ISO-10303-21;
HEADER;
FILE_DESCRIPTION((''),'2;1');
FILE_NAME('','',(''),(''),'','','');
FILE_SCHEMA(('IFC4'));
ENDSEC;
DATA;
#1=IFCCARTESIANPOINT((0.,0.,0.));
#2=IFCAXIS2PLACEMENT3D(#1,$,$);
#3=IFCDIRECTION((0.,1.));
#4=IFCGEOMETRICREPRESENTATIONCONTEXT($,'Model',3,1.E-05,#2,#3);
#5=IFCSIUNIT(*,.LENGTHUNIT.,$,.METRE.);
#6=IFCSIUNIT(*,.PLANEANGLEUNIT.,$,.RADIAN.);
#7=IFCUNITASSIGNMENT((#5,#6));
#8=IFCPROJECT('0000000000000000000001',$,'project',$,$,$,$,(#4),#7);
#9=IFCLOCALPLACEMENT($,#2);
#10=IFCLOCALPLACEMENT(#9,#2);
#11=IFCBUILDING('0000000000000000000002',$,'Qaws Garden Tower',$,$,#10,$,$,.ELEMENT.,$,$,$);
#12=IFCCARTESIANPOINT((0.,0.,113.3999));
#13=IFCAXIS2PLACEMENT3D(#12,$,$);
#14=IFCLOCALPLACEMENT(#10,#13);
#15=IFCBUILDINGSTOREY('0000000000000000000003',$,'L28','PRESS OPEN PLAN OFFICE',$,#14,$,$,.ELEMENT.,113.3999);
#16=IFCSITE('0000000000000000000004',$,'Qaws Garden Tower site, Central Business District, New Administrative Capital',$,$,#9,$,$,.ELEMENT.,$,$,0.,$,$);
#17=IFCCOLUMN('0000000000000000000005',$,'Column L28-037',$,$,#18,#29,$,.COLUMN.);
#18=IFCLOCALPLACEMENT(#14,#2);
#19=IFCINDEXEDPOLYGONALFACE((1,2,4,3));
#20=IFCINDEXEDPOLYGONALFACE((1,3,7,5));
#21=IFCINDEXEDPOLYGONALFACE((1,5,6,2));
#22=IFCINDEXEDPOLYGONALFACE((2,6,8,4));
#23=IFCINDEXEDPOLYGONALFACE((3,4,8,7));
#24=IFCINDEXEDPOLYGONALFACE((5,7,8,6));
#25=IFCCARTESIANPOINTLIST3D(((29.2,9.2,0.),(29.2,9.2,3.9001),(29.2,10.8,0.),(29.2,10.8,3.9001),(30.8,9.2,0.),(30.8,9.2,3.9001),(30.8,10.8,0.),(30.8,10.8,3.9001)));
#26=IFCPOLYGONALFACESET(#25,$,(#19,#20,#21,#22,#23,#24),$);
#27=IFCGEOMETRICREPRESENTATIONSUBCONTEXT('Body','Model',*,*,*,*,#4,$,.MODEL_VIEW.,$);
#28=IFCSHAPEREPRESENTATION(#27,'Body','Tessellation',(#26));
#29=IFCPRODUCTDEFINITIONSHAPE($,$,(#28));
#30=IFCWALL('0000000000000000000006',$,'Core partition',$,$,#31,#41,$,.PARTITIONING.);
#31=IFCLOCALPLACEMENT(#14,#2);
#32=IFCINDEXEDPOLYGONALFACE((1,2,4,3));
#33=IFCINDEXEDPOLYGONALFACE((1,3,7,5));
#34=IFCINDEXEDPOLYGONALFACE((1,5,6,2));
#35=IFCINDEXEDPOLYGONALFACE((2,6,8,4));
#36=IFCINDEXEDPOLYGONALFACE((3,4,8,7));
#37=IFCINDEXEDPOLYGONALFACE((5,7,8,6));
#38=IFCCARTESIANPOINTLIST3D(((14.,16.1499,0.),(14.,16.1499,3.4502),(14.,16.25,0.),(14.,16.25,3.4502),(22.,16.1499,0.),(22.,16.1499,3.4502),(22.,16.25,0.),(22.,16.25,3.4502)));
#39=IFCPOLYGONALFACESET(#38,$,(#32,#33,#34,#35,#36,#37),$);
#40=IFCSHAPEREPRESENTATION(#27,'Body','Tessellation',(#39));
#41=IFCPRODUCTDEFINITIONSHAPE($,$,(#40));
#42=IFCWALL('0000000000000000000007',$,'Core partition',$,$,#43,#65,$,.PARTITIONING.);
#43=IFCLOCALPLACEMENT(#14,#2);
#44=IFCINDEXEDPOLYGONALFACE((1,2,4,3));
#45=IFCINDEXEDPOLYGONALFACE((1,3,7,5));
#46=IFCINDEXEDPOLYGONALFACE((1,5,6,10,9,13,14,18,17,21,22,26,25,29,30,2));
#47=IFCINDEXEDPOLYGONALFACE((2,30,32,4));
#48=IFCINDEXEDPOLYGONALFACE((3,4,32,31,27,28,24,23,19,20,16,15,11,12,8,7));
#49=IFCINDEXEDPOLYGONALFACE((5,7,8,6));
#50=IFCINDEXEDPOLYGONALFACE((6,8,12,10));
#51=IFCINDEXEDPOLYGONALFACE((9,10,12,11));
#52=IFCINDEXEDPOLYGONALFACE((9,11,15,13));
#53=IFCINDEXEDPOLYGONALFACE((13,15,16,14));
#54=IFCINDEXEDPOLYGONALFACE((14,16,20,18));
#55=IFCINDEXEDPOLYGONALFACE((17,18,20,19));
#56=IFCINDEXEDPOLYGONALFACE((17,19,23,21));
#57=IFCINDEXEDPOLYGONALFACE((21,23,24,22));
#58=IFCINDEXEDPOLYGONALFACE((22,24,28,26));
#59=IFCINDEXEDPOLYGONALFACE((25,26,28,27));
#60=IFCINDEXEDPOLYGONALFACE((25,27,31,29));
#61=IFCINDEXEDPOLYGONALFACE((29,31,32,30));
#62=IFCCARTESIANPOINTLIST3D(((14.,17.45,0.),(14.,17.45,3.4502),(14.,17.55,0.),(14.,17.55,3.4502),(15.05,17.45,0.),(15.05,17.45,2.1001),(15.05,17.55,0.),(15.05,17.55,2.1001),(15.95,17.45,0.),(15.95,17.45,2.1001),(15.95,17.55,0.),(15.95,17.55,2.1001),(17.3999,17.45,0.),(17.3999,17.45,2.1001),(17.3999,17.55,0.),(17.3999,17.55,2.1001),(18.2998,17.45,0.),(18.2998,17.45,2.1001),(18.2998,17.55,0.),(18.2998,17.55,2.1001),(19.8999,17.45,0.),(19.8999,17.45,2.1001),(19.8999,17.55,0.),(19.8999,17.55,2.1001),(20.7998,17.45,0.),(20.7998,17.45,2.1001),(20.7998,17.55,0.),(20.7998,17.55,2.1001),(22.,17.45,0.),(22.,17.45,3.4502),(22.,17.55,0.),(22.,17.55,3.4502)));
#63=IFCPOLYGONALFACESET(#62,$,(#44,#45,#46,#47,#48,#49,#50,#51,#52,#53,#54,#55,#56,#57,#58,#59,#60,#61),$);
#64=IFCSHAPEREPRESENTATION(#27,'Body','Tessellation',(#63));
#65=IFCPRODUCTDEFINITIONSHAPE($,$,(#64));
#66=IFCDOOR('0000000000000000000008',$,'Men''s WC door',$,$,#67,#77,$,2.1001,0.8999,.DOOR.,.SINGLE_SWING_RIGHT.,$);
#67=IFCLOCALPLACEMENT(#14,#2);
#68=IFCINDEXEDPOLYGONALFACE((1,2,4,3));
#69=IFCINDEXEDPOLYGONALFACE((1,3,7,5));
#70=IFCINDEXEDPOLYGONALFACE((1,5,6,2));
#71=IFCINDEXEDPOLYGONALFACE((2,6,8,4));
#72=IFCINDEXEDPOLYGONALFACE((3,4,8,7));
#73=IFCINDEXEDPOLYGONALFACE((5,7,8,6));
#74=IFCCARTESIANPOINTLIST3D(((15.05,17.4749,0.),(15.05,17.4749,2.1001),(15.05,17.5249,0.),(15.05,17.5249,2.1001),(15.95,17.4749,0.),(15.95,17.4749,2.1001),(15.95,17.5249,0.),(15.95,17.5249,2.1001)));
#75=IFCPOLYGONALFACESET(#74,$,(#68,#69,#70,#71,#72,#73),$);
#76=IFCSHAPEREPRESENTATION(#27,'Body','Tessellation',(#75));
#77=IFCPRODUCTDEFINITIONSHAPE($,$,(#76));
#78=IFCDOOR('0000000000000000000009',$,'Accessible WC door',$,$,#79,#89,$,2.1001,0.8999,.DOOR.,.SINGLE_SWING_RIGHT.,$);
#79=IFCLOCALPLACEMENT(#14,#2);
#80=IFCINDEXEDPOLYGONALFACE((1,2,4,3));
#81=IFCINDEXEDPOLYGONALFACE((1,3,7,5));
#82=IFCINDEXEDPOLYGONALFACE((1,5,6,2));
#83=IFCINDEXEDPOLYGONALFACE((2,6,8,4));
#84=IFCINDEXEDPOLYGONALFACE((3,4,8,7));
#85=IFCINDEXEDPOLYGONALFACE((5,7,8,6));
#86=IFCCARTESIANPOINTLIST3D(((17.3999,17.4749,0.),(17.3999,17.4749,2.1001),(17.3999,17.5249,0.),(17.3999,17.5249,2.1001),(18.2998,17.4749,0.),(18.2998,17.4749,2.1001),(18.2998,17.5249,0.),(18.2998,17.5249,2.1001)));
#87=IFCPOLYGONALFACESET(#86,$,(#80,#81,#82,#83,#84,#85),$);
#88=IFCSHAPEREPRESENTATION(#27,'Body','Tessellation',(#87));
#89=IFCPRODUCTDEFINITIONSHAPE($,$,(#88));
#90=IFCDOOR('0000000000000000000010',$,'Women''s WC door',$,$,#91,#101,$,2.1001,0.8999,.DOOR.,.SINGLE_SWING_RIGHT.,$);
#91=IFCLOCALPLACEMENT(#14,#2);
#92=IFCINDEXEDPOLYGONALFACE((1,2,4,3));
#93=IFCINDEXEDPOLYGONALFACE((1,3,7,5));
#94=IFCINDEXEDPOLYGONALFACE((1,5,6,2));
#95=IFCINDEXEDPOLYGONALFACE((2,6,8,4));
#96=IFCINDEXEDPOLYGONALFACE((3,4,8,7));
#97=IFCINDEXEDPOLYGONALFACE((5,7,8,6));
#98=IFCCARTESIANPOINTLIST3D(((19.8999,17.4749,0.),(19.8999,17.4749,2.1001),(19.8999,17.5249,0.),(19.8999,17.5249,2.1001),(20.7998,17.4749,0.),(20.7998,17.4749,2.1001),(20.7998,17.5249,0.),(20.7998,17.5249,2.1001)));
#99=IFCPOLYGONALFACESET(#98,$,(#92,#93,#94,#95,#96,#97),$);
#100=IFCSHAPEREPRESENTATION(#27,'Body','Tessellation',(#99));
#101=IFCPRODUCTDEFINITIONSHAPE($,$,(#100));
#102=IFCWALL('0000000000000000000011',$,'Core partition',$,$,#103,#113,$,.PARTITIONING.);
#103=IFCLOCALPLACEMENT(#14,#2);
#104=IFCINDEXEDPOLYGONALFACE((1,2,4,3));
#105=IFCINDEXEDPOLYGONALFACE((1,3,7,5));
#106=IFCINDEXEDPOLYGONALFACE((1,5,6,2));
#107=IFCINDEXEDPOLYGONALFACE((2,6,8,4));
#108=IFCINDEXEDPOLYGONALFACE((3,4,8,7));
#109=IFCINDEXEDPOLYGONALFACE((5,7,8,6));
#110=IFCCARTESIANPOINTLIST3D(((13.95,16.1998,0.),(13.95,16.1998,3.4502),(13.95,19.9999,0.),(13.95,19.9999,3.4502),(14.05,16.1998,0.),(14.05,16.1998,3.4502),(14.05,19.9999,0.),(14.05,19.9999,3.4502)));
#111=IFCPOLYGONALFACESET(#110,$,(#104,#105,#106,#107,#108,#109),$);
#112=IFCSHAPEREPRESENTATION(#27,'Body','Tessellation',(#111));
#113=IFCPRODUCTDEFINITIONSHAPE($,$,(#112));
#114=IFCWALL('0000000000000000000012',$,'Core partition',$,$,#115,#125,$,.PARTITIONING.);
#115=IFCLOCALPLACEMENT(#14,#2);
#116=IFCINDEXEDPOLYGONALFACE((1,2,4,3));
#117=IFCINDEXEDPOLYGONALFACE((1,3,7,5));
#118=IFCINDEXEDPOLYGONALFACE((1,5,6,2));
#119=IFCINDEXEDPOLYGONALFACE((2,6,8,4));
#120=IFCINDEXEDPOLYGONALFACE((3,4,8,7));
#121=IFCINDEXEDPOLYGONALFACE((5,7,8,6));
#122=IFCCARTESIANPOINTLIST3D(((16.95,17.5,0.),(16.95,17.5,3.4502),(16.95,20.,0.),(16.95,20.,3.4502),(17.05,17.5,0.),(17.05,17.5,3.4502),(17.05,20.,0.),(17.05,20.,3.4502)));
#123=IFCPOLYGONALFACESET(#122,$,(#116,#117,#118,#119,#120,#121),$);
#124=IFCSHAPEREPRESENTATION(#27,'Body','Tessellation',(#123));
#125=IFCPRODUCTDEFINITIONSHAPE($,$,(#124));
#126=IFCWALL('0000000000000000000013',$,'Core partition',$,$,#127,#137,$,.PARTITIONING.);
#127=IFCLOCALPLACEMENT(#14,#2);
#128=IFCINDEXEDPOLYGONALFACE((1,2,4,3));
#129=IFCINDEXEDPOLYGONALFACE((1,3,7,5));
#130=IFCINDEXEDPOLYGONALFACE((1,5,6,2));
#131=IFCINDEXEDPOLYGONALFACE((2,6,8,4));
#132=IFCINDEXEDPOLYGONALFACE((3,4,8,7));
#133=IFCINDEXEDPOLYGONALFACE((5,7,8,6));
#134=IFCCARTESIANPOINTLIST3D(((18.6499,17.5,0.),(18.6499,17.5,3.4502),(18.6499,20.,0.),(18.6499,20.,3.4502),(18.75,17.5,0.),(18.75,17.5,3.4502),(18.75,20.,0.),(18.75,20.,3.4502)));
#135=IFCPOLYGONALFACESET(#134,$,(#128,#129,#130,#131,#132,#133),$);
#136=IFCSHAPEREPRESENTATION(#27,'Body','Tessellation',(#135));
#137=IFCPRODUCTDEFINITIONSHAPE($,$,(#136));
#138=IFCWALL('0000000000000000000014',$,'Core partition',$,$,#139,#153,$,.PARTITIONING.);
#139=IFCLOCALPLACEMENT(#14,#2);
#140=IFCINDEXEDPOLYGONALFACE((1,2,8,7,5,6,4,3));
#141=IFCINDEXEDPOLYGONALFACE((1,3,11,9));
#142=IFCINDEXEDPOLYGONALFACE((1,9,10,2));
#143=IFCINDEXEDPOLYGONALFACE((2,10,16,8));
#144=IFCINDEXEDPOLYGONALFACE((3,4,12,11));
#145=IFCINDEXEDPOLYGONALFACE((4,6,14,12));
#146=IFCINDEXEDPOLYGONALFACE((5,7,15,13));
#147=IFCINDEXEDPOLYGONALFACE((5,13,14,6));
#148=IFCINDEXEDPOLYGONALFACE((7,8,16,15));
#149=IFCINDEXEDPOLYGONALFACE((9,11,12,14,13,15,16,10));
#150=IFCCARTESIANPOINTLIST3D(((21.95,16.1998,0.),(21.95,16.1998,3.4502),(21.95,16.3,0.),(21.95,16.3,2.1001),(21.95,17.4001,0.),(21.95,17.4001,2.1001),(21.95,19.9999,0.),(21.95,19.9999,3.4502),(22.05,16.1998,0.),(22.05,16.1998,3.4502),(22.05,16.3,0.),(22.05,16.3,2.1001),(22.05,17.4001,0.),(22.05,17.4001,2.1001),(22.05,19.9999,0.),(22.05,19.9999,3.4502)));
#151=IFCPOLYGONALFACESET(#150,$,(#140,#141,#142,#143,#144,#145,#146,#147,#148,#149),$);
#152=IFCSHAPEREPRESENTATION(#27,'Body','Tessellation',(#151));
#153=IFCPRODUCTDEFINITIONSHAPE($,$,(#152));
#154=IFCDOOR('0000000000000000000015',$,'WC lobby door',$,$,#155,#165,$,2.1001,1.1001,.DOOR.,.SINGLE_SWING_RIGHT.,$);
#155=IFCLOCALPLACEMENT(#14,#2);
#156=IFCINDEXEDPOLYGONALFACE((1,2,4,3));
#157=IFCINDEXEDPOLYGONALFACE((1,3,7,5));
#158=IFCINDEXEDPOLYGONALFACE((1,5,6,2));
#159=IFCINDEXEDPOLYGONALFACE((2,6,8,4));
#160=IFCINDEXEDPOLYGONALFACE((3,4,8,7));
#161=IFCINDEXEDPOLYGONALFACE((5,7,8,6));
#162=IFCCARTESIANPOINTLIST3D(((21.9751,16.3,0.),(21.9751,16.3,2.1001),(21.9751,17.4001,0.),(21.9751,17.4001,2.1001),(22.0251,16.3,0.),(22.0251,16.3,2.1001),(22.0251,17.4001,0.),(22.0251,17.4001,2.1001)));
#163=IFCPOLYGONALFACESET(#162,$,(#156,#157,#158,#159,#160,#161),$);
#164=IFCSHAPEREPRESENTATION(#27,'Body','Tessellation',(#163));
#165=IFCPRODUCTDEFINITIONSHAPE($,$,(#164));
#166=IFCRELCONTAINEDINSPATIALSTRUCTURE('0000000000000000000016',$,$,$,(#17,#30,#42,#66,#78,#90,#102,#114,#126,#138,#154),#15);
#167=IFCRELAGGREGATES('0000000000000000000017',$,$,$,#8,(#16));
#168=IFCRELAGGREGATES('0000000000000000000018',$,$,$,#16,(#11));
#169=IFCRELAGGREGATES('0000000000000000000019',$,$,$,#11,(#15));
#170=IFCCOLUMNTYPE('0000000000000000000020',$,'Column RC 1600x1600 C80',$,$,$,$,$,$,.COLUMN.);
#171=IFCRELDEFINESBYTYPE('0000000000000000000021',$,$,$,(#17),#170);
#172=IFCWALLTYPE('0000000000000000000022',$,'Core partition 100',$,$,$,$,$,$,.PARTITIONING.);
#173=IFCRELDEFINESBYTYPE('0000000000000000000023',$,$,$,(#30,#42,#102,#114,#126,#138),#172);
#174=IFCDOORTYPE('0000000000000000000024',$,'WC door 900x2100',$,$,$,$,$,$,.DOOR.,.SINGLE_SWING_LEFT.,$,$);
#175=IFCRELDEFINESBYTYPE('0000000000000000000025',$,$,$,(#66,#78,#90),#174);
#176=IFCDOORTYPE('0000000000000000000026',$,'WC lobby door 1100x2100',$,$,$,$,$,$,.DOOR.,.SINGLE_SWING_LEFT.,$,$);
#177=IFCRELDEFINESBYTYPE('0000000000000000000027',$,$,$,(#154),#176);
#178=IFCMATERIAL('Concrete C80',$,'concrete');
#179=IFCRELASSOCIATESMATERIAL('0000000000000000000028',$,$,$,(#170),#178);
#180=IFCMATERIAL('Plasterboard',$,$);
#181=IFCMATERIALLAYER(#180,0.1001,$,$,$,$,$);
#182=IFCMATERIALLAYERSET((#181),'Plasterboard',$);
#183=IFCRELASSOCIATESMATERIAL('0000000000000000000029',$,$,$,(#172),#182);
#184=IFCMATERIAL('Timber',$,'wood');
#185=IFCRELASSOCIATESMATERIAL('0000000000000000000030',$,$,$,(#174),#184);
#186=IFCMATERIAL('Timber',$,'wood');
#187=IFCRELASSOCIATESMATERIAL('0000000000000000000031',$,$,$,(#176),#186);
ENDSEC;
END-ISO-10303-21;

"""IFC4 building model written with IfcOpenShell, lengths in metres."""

from ifc_helpers import new_model, si_unit, direction, frame, frame_2d, origin, origin_2d, place, context, subcontext, project, spatial, rectangle, extrude, material, layer, layer_set, material_profile, profile_set, type_object, element, fill, save


model = new_model("IFC4")

# Units and contexts
model_context = context("Model", 3, precision=1e-05, world=origin(), true_north=direction((0.0, 1.0)))
body_context = subcontext(model_context, "Body", "Model", "MODEL_VIEW")
ifc_project = project(units=[si_unit("LENGTHUNIT", "METRE"), si_unit("PLANEANGLEUNIT", "RADIAN")], contexts=[model_context])

# Site, building, storey
site_placement = place(None, origin())
site = spatial("IfcSite", under=ifc_project, at=site_placement, Name="Qaws Garden Tower site, Central Business District, New Administrative Capital", CompositionType="ELEMENT", RefElevation=0.0)
building_placement = place(site_placement, origin())
building = spatial("IfcBuilding", under=site, at=building_placement, Name="Qaws Garden Tower", CompositionType="ELEMENT")
storey_placement = place(building_placement, frame((0.0, 0.0, 113.3999)))
storey = spatial("IfcBuildingStorey", under=building, at=storey_placement, Name="L28", Description="PRESS OPEN PLAN OFFICE", CompositionType="ELEMENT", Elevation=113.3999)

# Column
ifc_material_1 = material(Name="Concrete C80", Category="concrete")
ifc_material_profile = material_profile(ifc_material_1, rectangle(XDim=1.6001, YDim=1.6001, at=origin_2d()), Name="RC 1600x1600")
ifc_profile_set = profile_set([ifc_material_profile], Name="Concrete C80")
column_type = type_object("IfcColumnType", Name="Column RC 1600x1600 C80", PredefinedType="COLUMN", material=ifc_profile_set)
column_placement = place(storey_placement, frame((30.0, 10.0, 0.0), z_axis=(0.0, 0.0, 1.0), x_axis=(1.0, 0.0, 0.0)))
element("IfcColumn", 1, at=column_placement, inside=storey, type_object=column_type, Name="Column L28-037", PredefinedType="COLUMN", context=body_context, shape_type="SweptSolid", body=[
    extrude(rectangle(XDim=1.6001, YDim=1.6001, at=origin_2d()), origin(), (0.0, 0.0, 1.0), 3.9001),
])

# Wall
ifc_material_2 = material(Name="Plasterboard")
ifc_layer_1 = layer(ifc_material_2, 0.1001)
ifc_layer_set_1 = layer_set([ifc_layer_1], Name="Plasterboard")
wall_type_1 = type_object("IfcWallType", Name="Core partition 100", PredefinedType="PARTITIONING", material=ifc_layer_set_1)
wall_1_placement = place(storey_placement, frame((14.0, 16.2, 0.0), z_axis=(0.0, 0.0, 1.0), x_axis=(1.0, 0.0, 0.0)))
element("IfcWall", 2, at=wall_1_placement, inside=storey, type_object=wall_type_1, Name="Core partition", PredefinedType="PARTITIONING", context=body_context, shape_type="SweptSolid", body=[
    extrude(rectangle(XDim=8.0, YDim=0.1001, at=frame_2d((4.0, 0.0))), origin(), (0.0, 0.0, 1.0), 3.4502),
])

# Wall, openings, doors
wall_2_placement = place(storey_placement, frame((14.0, 17.5, 0.0), z_axis=(0.0, 0.0, 1.0), x_axis=(1.0, 0.0, 0.0)))
wall_2 = element("IfcWall", 3, at=wall_2_placement, inside=storey, type_object=wall_type_1, Name="Core partition", PredefinedType="PARTITIONING", context=body_context, shape_type="SweptSolid", body=[
    extrude(rectangle(XDim=8.0, YDim=0.1001, at=frame_2d((4.0, 0.0))), origin(), (0.0, 0.0, 1.0), 3.4502),
])
opening_1_placement = place(wall_2_placement, frame((1.05, 0.0, 0.0)))
opening_1 = element("IfcOpeningElement", 4, at=opening_1_placement, cuts=wall_2, PredefinedType="OPENING", context=body_context, shape_type="SweptSolid", body=[
    extrude(rectangle(XDim=0.8999, YDim=2.1001, at=frame_2d((0.45, 1.05))), frame((0.0, 0.0601, 0.0), z_axis=(0.0, -1.0, 0.0), x_axis=(1.0, 0.0, 0.0)), (0.0, 0.0, 1.0), 0.1201),
])
opening_2_placement = place(wall_2_placement, frame((3.3999, 0.0, 0.0)))
opening_2 = element("IfcOpeningElement", 5, at=opening_2_placement, cuts=wall_2, PredefinedType="OPENING", context=body_context, shape_type="SweptSolid", body=[
    extrude(rectangle(XDim=0.8999, YDim=2.1001, at=frame_2d((0.45, 1.05))), frame((0.0, 0.0601, 0.0), z_axis=(0.0, -1.0, 0.0), x_axis=(1.0, 0.0, 0.0)), (0.0, 0.0, 1.0), 0.1201),
])
opening_3_placement = place(wall_2_placement, frame((5.8999, 0.0, 0.0)))
opening_3 = element("IfcOpeningElement", 6, at=opening_3_placement, cuts=wall_2, PredefinedType="OPENING", context=body_context, shape_type="SweptSolid", body=[
    extrude(rectangle(XDim=0.8999, YDim=2.1001, at=frame_2d((0.45, 1.05))), frame((0.0, 0.0601, 0.0), z_axis=(0.0, -1.0, 0.0), x_axis=(1.0, 0.0, 0.0)), (0.0, 0.0, 1.0), 0.1201),
])
ifc_material_3 = material(Name="Timber", Category="wood")
door_type_1 = type_object("IfcDoorType", Name="WC door 900x2100", OperationType="SINGLE_SWING_LEFT", PredefinedType="DOOR", material=ifc_material_3)
door_1_placement = place(opening_1_placement, origin())
door_1 = element("IfcDoor", 7, at=door_1_placement, inside=storey, type_object=door_type_1, Name="Men's WC door", OperationType="SINGLE_SWING_RIGHT", OverallHeight=2.1001, OverallWidth=0.8999, PredefinedType="DOOR", context=body_context, shape_type="SweptSolid", body=[
    extrude(rectangle(XDim=0.8999, YDim=2.1001, at=frame_2d((0.45, 1.05))), frame((0.0, 0.0249, 0.0), z_axis=(0.0, -1.0, 0.0), x_axis=(1.0, 0.0, 0.0)), (0.0, 0.0, 1.0), 0.05),
])
fill(opening_1, door_1)
door_2_placement = place(opening_2_placement, origin())
door_2 = element("IfcDoor", 8, at=door_2_placement, inside=storey, type_object=door_type_1, Name="Accessible WC door", OperationType="SINGLE_SWING_RIGHT", OverallHeight=2.1001, OverallWidth=0.8999, PredefinedType="DOOR", context=body_context, shape_type="SweptSolid", body=[
    extrude(rectangle(XDim=0.8999, YDim=2.1001, at=frame_2d((0.45, 1.05))), frame((0.0, 0.0249, 0.0), z_axis=(0.0, -1.0, 0.0), x_axis=(1.0, 0.0, 0.0)), (0.0, 0.0, 1.0), 0.05),
])
fill(opening_2, door_2)
door_3_placement = place(opening_3_placement, origin())
door_3 = element("IfcDoor", 9, at=door_3_placement, inside=storey, type_object=door_type_1, Name="Women's WC door", OperationType="SINGLE_SWING_RIGHT", OverallHeight=2.1001, OverallWidth=0.8999, PredefinedType="DOOR", context=body_context, shape_type="SweptSolid", body=[
    extrude(rectangle(XDim=0.8999, YDim=2.1001, at=frame_2d((0.45, 1.05))), frame((0.0, 0.0249, 0.0), z_axis=(0.0, -1.0, 0.0), x_axis=(1.0, 0.0, 0.0)), (0.0, 0.0, 1.0), 0.05),
])
fill(opening_3, door_3)

# Walls
wall_3_placement = place(storey_placement, frame((14.0, 16.2, 0.0), z_axis=(0.0, 0.0, 1.0), x_axis=(0.0, 1.0, 0.0)))
element("IfcWall", 10, at=wall_3_placement, inside=storey, type_object=wall_type_1, Name="Core partition", PredefinedType="PARTITIONING", context=body_context, shape_type="SweptSolid", body=[
    extrude(rectangle(XDim=3.8, YDim=0.1001, at=frame_2d((1.8999, 0.0))), origin(), (0.0, 0.0, 1.0), 3.4502),
])
for number, where, z_axis, x_axis, name in (
    (11, (17.0, 17.5, 0.0), (0.0, 0.0, 1.0), (0.0, 1.0, 0.0), "Core partition"),
    (12, (18.7, 17.5, 0.0), (0.0, 0.0, 1.0), (0.0, 1.0, 0.0), "Core partition"),
):
    element("IfcWall", number, at=place(storey_placement, frame(where, z_axis=z_axis, x_axis=x_axis)), inside=storey, type_object=wall_type_1, Name=name, PredefinedType="PARTITIONING", context=body_context, shape_type="SweptSolid", body=[
        extrude(rectangle(XDim=2.5, YDim=0.1001, at=frame_2d((1.25, 0.0))), origin(), (0.0, 0.0, 1.0), 3.4502),
    ])

# Wall, opening, door
wall_4_placement = place(storey_placement, frame((22.0, 16.2, 0.0), z_axis=(0.0, 0.0, 1.0), x_axis=(0.0, 1.0, 0.0)))
wall_4 = element("IfcWall", 13, at=wall_4_placement, inside=storey, type_object=wall_type_1, Name="Core partition", PredefinedType="PARTITIONING", context=body_context, shape_type="SweptSolid", body=[
    extrude(rectangle(XDim=3.8, YDim=0.1001, at=frame_2d((1.8999, 0.0))), origin(), (0.0, 0.0, 1.0), 3.4502),
])
opening_4_placement = place(wall_4_placement, frame((0.1001, 0.0, 0.0)))
opening_4 = element("IfcOpeningElement", 14, at=opening_4_placement, cuts=wall_4, PredefinedType="OPENING", context=body_context, shape_type="SweptSolid", body=[
    extrude(rectangle(XDim=1.1001, YDim=2.1001, at=frame_2d((0.55, 1.05))), frame((0.0, 0.0601, 0.0), z_axis=(0.0, -1.0, 0.0), x_axis=(1.0, 0.0, 0.0)), (0.0, 0.0, 1.0), 0.1201),
])
ifc_material_4 = material(Name="Timber", Category="wood")
door_type_2 = type_object("IfcDoorType", Name="WC lobby door 1100x2100", OperationType="SINGLE_SWING_LEFT", PredefinedType="DOOR", material=ifc_material_4)
door_4_placement = place(opening_4_placement, origin())
door_4 = element("IfcDoor", 15, at=door_4_placement, inside=storey, type_object=door_type_2, Name="WC lobby door", OperationType="SINGLE_SWING_RIGHT", OverallHeight=2.1001, OverallWidth=1.1001, PredefinedType="DOOR", context=body_context, shape_type="SweptSolid", body=[
    extrude(rectangle(XDim=1.1001, YDim=2.1001, at=frame_2d((0.55, 1.05))), frame((0.0, 0.0249, 0.0), z_axis=(0.0, -1.0, 0.0), x_axis=(1.0, 0.0, 0.0)), (0.0, 0.0, 1.0), 0.05),
])
fill(opening_4, door_4)

save(model, "model.ifc")
